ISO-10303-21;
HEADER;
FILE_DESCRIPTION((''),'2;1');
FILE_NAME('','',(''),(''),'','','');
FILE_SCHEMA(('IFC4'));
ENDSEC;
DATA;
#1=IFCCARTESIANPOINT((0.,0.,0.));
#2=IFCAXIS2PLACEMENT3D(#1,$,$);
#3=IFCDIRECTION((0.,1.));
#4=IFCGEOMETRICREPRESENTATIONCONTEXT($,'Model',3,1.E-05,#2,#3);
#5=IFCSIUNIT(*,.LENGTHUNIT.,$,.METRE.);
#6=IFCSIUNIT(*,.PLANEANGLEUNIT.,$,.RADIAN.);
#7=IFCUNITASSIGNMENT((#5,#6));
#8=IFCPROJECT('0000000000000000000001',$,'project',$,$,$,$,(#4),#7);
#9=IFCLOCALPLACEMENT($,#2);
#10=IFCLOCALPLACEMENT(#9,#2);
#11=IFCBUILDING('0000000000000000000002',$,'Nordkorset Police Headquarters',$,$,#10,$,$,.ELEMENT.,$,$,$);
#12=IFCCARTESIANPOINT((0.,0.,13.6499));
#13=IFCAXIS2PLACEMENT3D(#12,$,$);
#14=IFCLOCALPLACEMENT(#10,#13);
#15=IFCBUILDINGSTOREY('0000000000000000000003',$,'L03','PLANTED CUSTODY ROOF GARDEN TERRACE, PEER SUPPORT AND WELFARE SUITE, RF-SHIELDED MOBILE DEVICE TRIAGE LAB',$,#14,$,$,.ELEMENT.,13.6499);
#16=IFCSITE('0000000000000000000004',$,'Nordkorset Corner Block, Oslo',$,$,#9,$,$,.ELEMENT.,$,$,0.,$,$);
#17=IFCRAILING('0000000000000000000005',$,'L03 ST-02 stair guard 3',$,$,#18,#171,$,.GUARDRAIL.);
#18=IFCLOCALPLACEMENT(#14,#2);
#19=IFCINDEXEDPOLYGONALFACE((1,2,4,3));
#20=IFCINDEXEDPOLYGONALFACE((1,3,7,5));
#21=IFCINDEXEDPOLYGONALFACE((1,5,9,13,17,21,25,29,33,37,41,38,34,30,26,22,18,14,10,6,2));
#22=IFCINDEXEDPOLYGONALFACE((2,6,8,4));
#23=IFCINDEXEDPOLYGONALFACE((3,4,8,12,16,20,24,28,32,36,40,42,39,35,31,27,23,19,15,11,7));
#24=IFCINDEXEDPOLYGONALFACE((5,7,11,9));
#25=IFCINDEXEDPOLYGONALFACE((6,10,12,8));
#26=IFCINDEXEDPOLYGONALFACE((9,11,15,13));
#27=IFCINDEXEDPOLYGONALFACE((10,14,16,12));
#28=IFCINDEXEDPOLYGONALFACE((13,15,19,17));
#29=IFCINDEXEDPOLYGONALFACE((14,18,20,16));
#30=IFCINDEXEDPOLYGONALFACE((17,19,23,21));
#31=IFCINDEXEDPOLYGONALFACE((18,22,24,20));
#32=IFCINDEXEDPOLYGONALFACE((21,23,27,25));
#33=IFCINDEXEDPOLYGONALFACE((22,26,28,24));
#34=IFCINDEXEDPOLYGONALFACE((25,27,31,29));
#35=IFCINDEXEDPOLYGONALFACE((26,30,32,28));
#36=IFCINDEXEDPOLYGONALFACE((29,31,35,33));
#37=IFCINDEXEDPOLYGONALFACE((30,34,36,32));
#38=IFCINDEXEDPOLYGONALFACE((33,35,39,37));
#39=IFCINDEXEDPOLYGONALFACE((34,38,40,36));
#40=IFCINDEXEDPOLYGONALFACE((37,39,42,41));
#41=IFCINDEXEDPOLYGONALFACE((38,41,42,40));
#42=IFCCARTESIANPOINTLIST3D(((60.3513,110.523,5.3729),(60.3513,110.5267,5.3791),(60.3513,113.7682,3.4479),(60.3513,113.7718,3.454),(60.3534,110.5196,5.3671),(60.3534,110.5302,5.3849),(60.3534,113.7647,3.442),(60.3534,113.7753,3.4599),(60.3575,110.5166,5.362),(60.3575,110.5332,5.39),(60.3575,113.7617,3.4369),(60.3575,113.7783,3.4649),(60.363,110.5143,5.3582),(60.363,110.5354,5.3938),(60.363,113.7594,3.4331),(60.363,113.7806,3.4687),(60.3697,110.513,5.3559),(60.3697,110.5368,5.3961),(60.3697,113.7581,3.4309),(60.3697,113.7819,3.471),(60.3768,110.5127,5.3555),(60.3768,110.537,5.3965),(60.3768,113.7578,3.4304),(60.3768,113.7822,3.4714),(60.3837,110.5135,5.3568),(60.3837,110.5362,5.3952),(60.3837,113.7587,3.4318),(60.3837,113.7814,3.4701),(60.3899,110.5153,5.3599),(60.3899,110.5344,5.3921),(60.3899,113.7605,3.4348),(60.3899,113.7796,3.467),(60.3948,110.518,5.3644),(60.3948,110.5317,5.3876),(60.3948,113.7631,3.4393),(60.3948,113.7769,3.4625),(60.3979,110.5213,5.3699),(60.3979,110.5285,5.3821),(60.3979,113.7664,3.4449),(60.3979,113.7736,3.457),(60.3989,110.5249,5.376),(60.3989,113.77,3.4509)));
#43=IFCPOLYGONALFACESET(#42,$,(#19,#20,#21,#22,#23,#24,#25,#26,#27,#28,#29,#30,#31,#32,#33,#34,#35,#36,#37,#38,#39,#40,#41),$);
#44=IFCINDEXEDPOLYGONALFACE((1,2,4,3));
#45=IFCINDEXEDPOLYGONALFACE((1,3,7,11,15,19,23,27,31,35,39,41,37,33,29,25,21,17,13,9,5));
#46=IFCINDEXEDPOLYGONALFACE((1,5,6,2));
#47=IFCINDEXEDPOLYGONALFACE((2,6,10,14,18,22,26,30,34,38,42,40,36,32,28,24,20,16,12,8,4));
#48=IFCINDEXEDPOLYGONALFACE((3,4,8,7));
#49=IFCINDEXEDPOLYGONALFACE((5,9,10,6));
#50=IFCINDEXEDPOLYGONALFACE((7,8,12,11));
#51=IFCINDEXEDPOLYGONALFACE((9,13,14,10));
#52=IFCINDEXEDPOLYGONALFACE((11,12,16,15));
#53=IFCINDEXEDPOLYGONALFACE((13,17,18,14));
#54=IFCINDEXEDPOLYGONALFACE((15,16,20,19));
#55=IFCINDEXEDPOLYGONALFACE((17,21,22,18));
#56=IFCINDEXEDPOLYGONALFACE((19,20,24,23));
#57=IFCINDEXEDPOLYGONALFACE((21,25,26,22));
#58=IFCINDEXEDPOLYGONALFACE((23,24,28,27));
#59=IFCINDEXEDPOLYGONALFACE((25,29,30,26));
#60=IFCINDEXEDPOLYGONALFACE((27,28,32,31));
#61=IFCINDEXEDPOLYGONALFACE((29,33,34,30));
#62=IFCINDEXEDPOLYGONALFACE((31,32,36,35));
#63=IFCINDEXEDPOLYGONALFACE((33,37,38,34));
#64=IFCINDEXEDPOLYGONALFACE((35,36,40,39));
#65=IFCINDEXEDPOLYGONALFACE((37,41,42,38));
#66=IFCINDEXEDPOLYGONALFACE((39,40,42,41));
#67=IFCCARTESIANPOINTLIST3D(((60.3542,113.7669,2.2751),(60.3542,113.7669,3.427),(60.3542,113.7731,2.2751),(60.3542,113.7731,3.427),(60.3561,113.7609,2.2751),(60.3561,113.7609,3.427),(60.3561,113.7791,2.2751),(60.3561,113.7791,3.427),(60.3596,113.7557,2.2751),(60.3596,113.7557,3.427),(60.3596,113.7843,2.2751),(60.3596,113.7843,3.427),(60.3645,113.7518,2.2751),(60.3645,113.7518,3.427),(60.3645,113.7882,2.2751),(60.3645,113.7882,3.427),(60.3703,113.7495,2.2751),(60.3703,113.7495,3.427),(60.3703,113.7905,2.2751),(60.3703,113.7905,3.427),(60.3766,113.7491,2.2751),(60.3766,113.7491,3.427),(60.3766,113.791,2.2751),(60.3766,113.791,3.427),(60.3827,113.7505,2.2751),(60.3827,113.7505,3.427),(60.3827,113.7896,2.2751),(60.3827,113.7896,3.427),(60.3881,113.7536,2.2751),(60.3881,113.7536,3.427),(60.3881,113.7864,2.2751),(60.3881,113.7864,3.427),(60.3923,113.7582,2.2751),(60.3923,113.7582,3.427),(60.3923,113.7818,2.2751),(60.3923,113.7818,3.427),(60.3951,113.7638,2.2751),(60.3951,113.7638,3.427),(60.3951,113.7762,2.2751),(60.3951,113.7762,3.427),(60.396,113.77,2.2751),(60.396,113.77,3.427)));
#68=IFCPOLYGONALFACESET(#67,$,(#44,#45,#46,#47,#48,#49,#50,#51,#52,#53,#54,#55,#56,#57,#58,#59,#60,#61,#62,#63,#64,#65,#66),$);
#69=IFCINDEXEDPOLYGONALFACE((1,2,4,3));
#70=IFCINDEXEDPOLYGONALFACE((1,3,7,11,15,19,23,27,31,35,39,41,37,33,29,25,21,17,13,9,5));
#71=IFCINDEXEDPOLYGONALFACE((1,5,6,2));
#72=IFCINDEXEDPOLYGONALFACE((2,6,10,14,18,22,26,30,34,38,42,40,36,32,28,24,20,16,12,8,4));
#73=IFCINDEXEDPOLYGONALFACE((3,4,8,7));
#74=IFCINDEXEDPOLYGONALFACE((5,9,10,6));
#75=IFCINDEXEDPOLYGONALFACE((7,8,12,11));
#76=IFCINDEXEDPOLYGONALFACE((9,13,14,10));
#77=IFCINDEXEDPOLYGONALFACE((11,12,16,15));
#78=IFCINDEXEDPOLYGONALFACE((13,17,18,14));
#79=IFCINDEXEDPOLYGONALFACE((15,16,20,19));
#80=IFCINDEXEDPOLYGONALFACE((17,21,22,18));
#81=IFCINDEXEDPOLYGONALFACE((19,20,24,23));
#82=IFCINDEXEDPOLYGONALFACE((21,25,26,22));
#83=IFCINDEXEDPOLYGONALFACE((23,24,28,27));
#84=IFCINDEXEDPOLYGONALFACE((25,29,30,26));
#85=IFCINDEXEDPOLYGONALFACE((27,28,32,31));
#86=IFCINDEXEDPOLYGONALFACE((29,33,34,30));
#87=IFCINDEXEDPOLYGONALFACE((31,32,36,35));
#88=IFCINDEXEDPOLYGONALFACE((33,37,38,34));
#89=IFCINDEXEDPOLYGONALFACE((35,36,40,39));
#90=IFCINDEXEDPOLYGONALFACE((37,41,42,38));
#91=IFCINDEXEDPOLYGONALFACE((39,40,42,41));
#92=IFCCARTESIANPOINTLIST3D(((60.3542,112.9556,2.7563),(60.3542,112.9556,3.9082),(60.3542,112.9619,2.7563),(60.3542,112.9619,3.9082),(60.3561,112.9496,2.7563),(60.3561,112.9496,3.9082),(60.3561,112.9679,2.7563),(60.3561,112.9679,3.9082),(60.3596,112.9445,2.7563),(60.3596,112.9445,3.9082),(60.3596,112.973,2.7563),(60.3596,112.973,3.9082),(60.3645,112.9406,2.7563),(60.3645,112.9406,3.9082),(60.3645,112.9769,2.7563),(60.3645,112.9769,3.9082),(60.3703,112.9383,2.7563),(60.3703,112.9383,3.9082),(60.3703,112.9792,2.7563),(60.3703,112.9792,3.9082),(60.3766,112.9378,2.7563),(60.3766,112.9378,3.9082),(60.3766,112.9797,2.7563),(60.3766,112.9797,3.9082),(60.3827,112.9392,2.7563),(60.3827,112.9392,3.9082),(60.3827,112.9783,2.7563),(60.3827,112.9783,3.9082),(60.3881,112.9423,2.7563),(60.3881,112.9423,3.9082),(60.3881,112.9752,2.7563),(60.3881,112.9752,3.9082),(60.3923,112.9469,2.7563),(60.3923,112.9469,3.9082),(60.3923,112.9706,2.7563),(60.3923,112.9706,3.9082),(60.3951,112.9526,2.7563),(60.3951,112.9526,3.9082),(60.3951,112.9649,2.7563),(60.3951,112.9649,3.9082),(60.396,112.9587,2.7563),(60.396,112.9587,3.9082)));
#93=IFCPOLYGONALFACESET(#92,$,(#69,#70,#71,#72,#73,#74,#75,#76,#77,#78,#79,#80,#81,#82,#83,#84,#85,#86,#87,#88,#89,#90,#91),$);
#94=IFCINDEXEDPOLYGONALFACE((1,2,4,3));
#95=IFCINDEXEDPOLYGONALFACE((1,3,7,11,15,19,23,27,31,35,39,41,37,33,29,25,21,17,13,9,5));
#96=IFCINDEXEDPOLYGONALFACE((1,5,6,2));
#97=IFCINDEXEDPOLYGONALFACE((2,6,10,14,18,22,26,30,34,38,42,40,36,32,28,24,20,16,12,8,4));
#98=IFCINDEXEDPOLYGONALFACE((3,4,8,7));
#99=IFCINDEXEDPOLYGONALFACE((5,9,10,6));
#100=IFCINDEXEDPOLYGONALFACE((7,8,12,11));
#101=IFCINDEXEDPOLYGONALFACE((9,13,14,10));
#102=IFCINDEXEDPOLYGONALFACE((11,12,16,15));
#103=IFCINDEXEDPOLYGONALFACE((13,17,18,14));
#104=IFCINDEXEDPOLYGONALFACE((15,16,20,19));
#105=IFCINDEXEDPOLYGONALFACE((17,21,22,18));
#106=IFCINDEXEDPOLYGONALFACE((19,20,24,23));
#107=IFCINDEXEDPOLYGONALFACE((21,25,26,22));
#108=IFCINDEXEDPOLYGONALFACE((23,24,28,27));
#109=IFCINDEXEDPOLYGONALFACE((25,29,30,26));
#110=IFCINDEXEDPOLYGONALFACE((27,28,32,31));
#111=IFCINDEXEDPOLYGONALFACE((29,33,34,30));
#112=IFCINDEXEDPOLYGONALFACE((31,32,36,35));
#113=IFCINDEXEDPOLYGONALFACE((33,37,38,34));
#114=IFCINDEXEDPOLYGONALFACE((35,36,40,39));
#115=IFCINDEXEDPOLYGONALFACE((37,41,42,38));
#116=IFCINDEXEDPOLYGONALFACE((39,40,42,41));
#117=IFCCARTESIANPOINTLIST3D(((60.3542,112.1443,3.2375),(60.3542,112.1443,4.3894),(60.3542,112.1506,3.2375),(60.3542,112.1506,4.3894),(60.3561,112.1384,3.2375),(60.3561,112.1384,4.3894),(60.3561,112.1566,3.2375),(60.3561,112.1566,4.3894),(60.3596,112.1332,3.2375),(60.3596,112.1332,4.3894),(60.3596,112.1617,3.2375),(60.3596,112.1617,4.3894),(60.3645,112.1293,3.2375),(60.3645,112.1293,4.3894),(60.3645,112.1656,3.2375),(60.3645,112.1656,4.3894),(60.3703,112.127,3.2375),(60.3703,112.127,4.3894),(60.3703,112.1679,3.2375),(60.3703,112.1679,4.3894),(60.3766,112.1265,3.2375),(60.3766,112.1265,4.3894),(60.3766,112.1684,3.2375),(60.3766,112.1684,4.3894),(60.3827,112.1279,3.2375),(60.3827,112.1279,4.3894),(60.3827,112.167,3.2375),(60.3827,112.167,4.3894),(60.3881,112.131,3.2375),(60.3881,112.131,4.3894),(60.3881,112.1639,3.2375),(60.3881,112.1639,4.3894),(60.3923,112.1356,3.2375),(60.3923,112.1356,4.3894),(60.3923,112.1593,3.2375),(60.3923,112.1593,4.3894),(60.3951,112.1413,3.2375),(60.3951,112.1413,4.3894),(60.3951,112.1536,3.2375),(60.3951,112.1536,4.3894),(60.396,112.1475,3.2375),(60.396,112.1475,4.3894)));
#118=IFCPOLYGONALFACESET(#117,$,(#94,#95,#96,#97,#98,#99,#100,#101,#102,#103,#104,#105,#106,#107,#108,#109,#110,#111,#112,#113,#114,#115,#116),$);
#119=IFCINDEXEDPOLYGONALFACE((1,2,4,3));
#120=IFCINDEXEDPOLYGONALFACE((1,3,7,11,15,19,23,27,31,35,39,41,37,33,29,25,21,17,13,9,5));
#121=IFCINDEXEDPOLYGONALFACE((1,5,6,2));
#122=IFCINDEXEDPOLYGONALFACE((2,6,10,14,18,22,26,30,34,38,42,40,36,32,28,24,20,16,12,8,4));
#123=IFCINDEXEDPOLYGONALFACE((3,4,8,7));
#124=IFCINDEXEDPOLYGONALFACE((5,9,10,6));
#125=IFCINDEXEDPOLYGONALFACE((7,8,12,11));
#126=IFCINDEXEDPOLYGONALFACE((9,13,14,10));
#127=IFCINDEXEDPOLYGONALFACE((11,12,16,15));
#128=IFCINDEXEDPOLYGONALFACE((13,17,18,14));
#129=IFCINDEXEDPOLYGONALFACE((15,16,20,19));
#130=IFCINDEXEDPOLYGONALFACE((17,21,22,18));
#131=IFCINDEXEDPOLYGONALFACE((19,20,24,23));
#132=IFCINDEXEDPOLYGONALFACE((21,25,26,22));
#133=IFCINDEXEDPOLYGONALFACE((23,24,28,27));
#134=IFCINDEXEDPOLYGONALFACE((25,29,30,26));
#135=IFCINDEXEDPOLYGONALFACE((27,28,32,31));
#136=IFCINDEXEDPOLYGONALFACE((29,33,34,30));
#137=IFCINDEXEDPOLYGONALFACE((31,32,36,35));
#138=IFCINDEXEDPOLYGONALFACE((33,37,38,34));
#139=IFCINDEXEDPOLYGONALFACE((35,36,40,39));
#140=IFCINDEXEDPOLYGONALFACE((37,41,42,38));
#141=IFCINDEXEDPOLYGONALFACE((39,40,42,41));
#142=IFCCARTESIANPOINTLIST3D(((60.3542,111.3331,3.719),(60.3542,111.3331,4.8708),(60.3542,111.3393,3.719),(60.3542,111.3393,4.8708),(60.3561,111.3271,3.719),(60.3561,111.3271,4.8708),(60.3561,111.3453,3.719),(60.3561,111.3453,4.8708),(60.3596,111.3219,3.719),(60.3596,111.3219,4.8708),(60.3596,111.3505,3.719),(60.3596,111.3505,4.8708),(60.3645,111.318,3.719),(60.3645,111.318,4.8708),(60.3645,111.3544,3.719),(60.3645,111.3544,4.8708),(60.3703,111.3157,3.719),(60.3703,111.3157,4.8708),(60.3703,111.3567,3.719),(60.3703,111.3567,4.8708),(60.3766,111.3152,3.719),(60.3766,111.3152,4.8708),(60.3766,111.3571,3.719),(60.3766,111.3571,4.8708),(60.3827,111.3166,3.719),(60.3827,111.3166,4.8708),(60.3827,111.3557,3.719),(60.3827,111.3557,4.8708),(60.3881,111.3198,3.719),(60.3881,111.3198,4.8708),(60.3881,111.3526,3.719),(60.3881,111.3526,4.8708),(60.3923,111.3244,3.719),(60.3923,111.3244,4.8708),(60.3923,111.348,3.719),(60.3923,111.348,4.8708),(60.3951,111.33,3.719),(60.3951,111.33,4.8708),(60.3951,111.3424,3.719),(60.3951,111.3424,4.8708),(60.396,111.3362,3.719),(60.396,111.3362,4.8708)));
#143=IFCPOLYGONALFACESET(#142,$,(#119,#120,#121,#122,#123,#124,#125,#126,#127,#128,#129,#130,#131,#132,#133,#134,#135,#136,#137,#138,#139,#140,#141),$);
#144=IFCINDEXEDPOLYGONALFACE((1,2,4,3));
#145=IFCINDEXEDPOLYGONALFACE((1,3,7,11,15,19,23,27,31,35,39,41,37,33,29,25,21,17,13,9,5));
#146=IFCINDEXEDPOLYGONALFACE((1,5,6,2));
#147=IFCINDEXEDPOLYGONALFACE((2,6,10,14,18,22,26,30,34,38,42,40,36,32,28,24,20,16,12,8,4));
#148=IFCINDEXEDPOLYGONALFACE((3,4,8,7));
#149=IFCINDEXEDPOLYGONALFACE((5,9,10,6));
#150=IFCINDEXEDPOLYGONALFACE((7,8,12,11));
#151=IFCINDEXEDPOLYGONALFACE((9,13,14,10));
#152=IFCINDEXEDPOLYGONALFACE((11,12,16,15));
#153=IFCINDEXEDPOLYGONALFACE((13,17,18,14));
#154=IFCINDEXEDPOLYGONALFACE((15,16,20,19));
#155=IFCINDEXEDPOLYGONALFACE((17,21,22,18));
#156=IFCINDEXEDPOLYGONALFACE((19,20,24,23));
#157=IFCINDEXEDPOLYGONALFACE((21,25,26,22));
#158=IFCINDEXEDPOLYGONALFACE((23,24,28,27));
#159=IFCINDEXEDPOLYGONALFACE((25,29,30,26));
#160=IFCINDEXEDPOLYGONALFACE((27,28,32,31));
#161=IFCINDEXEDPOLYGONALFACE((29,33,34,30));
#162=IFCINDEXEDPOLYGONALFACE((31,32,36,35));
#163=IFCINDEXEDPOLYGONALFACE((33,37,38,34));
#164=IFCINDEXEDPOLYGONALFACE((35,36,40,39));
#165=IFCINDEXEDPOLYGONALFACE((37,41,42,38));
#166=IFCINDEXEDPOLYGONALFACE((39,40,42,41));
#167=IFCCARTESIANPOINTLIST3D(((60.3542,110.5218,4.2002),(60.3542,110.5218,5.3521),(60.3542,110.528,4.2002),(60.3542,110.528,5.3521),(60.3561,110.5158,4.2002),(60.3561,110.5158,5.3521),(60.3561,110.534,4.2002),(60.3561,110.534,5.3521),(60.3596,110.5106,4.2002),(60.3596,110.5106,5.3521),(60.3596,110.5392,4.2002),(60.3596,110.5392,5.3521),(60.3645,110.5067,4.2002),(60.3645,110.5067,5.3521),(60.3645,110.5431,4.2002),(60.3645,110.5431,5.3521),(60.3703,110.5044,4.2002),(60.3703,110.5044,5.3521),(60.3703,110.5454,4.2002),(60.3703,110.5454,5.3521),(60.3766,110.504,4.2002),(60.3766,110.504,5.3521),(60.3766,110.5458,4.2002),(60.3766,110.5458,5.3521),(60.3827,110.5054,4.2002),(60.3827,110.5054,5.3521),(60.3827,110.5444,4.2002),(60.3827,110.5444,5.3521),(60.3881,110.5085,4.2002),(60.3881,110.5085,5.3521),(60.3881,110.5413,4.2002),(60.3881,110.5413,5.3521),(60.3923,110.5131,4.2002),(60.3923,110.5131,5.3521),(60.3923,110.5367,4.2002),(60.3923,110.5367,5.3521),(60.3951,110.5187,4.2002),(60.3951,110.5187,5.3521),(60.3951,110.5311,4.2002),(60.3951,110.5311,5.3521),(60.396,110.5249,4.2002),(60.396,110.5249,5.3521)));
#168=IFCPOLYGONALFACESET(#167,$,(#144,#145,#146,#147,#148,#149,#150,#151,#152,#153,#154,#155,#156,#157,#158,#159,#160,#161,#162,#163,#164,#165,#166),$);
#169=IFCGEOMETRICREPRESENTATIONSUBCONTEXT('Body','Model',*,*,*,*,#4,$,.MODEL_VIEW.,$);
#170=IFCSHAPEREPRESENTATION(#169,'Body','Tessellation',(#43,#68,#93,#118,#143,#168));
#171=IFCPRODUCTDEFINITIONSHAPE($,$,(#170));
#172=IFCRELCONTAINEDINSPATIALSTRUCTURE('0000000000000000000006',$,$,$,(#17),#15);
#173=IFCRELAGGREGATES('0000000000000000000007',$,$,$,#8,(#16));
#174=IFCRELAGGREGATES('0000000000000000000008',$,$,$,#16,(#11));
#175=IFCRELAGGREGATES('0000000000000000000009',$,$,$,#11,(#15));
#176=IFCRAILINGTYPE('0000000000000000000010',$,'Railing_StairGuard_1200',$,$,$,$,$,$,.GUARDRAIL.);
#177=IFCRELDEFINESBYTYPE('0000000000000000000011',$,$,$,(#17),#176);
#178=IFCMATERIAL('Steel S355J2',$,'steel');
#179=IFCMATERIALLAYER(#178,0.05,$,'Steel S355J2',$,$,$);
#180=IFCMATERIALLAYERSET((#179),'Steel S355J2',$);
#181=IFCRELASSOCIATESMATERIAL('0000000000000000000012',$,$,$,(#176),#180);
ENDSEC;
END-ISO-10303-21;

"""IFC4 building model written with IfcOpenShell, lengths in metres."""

from ifc_helpers import new_model, si_unit, direction, frame, origin, origin_2d, place, context, subcontext, project, spatial, circle, extrude, material, layer, layer_set, type_object, element, save


model = new_model("IFC4")

# Units and contexts
model_context = context("Model", 3, precision=1e-05, world=origin(), true_north=direction((0.0, 1.0)))
body_context = subcontext(model_context, "Body", "Model", "MODEL_VIEW")
ifc_project = project(units=[si_unit("LENGTHUNIT", "METRE"), si_unit("PLANEANGLEUNIT", "RADIAN")], contexts=[model_context])

# Site, building, storey
site_placement = place(None, origin())
site = spatial("IfcSite", under=ifc_project, at=site_placement, Name="Nordkorset Corner Block, Oslo", CompositionType="ELEMENT", RefElevation=0.0)
building_placement = place(site_placement, origin())
building = spatial("IfcBuilding", under=site, at=building_placement, Name="Nordkorset Police Headquarters", CompositionType="ELEMENT")
storey_placement = place(building_placement, frame((0.0, 0.0, 13.6499)))
storey = spatial("IfcBuildingStorey", under=building, at=storey_placement, Name="L03", Description="PLANTED CUSTODY ROOF GARDEN TERRACE, PEER SUPPORT AND WELFARE SUITE, RF-SHIELDED MOBILE DEVICE TRIAGE LAB", CompositionType="ELEMENT", Elevation=13.6499)

# Railing
ifc_material_1 = material(Name="Steel S355J2", Category="steel")
ifc_layer_1 = layer(ifc_material_1, 0.05, Name="Steel S355J2")
ifc_layer_set_1 = layer_set([ifc_layer_1], Name="Steel S355J2")
railing_type_1 = type_object("IfcRailingType", Name="Railing_StairGuard_1200", PredefinedType="GUARDRAIL", material=ifc_layer_set_1)
railing_1_placement = place(storey_placement, frame((60.375, 113.77, 2.2751)))
element("IfcRailing", 1, at=railing_1_placement, inside=storey, type_object=railing_type_1, Name="L03 ST-02 stair guard 3", PredefinedType="GUARDRAIL", context=body_context, shape_type="SweptSolid", body=[
    extrude(circle(Radius=0.0239, at=origin_2d()), frame((0.0, 0.0, 1.1758), z_axis=(0.0, -0.860057, 0.510198), x_axis=(1.0, 0.0, 0.0)), (0.0, 0.0, 1.0), 3.7732),
    extrude(circle(Radius=0.021, at=origin_2d()), origin(), (0.0, 0.0, 1.0), 1.1519),
    extrude(circle(Radius=0.021, at=origin_2d()), frame((0.0, -0.8113, 0.4812)), (0.0, 0.0, 1.0), 1.1519),
    extrude(circle(Radius=0.021, at=origin_2d()), frame((0.0, -1.6226, 0.9624)), (0.0, 0.0, 1.0), 1.1519),
    extrude(circle(Radius=0.021, at=origin_2d()), frame((0.0, -2.4338, 1.4438)), (0.0, 0.0, 1.0), 1.1519),
    extrude(circle(Radius=0.021, at=origin_2d()), frame((0.0, -3.2451, 1.925)), (0.0, 0.0, 1.0), 1.1519),
])

save(model, "model.ifc")
